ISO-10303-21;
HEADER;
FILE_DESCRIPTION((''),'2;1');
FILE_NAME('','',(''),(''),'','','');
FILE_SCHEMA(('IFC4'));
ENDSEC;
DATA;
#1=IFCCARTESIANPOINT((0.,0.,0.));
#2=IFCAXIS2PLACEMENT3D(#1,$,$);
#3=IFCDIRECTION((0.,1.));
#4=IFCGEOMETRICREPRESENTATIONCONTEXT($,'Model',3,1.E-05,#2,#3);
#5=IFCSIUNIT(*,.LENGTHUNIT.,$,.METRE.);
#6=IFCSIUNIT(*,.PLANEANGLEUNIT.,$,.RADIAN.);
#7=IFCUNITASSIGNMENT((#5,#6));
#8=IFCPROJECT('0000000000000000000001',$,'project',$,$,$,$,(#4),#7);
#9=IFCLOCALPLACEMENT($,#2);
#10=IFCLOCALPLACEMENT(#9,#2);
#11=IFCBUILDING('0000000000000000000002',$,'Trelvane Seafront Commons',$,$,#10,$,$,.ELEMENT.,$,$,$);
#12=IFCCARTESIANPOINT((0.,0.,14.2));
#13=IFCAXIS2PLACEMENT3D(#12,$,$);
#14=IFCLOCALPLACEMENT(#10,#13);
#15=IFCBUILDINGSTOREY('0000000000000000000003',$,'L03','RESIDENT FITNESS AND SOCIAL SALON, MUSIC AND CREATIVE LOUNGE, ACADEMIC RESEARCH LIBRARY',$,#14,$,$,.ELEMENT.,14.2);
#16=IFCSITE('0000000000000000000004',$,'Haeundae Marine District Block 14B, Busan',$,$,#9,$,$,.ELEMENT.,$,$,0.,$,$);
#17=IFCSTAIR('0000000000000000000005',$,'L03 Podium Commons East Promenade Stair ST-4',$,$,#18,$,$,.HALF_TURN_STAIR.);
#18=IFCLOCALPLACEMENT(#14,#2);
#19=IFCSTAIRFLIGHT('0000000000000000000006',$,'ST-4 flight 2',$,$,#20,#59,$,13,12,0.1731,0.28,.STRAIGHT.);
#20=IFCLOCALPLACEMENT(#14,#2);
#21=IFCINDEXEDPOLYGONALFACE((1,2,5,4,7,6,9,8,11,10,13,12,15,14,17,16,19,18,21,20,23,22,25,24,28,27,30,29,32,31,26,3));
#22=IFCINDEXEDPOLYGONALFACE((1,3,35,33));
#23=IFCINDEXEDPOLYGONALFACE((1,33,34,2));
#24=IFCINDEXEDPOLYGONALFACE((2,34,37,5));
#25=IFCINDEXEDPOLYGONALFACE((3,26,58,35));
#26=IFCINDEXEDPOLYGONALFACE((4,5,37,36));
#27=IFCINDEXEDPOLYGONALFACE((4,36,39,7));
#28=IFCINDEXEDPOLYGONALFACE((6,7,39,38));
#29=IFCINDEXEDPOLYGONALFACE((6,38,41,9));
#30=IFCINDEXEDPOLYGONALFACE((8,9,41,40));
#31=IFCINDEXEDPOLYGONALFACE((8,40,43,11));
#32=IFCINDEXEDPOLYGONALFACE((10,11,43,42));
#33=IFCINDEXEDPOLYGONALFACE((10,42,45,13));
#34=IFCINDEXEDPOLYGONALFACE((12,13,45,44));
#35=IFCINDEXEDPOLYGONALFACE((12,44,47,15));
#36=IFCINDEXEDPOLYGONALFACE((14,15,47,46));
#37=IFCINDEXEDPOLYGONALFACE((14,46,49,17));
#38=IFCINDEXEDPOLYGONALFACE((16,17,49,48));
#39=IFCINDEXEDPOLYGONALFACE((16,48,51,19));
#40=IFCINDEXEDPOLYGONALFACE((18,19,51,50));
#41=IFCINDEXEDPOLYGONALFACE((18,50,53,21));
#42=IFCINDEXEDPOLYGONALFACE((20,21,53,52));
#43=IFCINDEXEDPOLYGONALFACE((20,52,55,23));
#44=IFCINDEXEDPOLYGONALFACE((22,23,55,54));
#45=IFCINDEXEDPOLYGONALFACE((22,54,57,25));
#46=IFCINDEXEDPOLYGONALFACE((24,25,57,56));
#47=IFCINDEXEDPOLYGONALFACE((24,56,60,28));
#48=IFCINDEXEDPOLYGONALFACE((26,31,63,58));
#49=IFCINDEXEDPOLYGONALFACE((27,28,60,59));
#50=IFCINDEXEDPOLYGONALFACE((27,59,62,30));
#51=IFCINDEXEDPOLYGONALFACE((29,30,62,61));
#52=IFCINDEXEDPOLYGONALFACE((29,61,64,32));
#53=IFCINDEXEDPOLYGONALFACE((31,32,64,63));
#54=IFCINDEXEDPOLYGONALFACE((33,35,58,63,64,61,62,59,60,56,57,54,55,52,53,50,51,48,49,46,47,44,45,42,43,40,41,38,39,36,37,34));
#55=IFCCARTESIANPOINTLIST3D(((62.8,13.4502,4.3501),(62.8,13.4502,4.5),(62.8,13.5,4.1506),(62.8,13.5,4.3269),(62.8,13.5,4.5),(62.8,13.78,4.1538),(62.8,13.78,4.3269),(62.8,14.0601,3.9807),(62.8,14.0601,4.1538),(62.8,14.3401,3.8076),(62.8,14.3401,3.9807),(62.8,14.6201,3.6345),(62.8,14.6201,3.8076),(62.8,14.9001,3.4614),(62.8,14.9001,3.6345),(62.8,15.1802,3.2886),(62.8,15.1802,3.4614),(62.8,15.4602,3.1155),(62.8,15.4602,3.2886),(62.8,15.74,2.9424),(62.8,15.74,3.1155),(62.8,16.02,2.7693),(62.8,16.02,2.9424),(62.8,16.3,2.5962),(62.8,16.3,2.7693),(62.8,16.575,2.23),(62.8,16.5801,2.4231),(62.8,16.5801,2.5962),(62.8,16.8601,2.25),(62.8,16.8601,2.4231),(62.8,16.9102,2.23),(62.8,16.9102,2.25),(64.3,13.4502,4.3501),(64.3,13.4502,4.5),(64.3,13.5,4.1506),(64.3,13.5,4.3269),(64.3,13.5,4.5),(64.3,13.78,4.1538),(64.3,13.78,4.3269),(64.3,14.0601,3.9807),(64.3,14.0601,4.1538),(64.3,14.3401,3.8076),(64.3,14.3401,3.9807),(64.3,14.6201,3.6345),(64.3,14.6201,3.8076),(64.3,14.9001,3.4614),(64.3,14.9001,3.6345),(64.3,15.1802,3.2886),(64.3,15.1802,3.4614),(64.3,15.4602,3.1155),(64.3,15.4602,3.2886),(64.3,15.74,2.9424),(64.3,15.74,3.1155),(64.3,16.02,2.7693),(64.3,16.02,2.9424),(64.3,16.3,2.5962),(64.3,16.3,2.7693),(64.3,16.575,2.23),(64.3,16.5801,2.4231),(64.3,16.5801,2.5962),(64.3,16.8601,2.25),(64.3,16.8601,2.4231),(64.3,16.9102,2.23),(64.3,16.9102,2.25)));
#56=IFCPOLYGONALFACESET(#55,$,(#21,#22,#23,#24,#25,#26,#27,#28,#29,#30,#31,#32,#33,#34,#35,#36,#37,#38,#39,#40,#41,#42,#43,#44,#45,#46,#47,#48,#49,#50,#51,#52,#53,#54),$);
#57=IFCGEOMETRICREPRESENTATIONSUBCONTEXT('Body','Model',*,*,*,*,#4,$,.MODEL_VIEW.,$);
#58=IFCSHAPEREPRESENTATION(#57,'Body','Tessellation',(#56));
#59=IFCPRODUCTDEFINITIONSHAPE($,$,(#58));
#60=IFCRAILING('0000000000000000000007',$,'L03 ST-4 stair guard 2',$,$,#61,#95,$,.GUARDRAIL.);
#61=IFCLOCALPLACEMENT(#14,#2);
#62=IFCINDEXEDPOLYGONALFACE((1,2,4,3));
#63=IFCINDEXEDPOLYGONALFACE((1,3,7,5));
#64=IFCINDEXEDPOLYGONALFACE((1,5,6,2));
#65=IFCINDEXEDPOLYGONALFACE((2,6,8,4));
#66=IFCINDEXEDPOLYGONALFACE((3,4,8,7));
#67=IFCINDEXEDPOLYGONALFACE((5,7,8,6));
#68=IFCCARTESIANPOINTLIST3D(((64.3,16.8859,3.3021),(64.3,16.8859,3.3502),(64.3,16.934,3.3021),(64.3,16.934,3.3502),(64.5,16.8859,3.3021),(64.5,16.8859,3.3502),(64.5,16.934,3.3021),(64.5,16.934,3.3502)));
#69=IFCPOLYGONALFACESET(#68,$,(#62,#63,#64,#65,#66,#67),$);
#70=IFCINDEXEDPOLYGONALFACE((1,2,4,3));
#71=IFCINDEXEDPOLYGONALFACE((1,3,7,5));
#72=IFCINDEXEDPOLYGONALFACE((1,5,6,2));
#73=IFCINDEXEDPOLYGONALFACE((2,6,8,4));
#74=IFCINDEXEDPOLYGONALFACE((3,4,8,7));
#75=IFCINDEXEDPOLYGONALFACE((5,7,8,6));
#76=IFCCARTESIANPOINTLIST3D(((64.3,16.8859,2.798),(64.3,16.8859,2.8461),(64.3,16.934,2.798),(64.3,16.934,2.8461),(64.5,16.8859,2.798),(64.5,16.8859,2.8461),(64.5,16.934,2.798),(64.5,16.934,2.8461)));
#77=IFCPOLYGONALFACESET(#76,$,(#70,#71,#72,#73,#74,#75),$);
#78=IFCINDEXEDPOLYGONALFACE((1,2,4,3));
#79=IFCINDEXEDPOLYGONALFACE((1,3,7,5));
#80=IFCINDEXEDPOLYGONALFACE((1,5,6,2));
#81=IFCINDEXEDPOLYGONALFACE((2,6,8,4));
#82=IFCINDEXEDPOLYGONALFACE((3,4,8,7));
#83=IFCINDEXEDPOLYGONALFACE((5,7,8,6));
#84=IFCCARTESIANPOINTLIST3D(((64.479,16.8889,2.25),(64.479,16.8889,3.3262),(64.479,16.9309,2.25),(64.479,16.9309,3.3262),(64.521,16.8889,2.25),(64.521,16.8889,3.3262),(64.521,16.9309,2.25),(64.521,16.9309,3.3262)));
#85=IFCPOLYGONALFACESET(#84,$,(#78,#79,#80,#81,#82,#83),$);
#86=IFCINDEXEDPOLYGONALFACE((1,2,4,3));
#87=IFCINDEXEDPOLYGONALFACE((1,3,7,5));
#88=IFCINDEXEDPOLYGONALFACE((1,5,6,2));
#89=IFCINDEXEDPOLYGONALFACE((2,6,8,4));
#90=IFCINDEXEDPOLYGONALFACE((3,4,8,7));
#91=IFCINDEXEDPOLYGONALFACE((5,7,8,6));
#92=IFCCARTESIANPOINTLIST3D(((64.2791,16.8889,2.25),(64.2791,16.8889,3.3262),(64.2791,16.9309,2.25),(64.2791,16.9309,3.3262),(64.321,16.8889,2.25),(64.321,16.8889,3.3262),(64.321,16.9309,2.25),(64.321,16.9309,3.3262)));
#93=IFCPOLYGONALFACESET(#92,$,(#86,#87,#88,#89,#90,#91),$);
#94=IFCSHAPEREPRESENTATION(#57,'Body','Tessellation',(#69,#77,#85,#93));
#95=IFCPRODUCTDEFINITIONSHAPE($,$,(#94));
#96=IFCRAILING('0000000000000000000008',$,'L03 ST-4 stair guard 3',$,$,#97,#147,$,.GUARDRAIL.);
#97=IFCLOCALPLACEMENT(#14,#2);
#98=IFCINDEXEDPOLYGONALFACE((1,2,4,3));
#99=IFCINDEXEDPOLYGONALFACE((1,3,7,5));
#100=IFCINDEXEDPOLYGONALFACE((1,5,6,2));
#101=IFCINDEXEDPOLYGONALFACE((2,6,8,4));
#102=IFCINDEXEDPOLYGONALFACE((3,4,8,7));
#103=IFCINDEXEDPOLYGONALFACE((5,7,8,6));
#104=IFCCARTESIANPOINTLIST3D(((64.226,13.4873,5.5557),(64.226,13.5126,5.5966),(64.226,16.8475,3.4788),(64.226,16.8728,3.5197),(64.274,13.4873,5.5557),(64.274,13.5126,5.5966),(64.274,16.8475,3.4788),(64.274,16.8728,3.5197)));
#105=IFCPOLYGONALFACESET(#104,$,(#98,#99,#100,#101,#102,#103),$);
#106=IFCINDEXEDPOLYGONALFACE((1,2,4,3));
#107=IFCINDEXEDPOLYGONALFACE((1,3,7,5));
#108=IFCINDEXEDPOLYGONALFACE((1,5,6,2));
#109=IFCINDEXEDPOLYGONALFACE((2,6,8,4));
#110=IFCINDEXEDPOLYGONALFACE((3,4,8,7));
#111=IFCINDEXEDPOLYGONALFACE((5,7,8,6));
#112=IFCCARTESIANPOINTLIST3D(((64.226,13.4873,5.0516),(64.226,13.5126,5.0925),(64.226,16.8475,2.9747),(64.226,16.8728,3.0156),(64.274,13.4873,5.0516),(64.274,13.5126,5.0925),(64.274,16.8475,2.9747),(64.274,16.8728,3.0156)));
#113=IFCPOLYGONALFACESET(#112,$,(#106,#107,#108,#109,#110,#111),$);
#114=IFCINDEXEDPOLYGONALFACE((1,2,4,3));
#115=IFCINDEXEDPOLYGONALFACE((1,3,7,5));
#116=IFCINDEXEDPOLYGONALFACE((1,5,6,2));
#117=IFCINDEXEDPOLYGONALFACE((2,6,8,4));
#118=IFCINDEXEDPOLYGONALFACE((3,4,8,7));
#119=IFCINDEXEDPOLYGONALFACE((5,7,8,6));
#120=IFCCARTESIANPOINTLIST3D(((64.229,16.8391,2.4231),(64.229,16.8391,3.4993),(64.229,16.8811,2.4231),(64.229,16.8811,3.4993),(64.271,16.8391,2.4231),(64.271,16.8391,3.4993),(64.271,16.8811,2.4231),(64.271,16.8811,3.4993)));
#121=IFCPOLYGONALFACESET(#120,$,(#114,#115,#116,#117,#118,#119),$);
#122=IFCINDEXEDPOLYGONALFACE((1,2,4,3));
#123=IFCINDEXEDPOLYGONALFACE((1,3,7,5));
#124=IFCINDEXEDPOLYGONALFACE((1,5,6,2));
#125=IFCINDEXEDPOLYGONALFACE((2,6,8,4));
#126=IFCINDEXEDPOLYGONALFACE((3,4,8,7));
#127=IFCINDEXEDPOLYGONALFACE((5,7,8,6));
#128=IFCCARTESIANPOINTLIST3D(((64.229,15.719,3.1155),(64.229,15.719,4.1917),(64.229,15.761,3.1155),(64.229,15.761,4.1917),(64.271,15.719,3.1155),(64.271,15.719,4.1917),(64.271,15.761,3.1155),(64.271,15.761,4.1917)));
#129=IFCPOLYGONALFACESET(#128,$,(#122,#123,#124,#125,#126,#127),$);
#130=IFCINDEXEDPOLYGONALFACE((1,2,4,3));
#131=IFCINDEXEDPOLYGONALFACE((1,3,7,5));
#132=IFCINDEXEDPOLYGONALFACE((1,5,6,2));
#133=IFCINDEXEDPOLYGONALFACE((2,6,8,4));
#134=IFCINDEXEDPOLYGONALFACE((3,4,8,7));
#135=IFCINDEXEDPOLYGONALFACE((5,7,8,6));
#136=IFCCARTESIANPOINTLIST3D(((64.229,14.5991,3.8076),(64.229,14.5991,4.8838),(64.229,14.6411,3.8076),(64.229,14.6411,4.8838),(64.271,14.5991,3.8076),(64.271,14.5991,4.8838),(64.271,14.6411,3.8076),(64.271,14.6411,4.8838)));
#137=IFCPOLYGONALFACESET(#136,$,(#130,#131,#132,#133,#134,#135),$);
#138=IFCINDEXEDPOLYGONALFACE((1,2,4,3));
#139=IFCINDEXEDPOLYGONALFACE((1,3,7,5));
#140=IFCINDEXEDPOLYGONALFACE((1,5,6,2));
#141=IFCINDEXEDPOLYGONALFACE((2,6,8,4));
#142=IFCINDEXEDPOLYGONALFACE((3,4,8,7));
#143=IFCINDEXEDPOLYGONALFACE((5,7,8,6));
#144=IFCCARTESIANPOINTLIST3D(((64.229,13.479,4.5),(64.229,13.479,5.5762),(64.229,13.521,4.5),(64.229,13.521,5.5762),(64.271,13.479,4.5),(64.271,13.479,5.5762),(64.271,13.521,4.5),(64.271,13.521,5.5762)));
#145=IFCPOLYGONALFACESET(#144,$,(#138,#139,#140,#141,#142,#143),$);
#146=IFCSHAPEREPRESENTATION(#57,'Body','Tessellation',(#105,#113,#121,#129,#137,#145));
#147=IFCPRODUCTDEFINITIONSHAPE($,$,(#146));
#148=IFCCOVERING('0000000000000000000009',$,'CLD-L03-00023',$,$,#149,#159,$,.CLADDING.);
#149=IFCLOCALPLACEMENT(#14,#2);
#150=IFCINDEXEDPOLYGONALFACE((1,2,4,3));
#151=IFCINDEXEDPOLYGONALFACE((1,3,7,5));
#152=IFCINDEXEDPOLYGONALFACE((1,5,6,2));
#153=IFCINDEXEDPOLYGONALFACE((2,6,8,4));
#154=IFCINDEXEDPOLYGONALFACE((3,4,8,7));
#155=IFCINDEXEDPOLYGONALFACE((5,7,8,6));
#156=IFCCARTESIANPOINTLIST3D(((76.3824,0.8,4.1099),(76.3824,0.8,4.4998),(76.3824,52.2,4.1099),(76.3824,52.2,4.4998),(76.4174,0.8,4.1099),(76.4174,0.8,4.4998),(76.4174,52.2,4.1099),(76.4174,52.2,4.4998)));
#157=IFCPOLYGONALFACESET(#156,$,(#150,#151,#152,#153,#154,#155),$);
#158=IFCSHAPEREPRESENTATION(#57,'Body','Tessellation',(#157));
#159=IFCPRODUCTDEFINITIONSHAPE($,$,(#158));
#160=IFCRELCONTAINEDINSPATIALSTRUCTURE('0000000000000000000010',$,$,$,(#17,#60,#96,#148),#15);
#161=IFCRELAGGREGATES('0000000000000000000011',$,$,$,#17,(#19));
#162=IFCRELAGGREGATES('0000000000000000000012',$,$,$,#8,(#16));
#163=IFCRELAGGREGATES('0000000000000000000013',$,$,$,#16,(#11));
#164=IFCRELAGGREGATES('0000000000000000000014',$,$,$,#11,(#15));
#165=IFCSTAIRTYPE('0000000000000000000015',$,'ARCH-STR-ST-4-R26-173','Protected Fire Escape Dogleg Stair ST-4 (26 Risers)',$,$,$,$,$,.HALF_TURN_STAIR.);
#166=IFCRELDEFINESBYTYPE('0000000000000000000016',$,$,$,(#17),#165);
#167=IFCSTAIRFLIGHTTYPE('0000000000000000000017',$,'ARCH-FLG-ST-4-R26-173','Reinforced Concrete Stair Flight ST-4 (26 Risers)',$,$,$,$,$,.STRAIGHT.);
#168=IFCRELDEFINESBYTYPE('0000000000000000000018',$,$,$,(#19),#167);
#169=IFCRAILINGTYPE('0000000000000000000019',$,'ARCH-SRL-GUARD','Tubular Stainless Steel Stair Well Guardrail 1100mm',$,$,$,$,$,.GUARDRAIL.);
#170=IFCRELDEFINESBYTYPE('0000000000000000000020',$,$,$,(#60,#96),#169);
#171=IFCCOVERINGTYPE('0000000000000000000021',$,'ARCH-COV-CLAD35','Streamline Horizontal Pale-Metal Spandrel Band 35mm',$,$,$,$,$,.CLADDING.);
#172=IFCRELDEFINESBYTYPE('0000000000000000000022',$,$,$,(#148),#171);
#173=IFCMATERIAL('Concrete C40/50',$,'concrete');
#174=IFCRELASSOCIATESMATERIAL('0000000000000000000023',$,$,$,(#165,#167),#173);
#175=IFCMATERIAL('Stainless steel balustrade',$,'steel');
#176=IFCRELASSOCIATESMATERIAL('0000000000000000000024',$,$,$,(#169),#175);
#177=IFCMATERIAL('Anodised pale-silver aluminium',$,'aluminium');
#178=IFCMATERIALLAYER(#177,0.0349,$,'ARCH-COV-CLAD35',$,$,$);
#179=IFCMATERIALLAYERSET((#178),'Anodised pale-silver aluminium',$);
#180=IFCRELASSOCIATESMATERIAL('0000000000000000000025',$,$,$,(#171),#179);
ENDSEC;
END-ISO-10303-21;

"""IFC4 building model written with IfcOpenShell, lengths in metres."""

from ifc_helpers import new_model, si_unit, direction, frame, origin, origin_2d, place, context, subcontext, project, spatial, polyline, rectangle, outline, extrude, source, transform, mapped, material, layer, layer_set, type_object, element, aggregate, save


model = new_model("IFC4")

# Units and contexts
model_context = context("Model", 3, precision=1e-05, world=origin(), true_north=direction((0.0, 1.0)))
body_context = subcontext(model_context, "Body", "Model", "MODEL_VIEW")
ifc_project = project(units=[si_unit("LENGTHUNIT", "METRE"), si_unit("PLANEANGLEUNIT", "RADIAN")], contexts=[model_context])

# Site, building, storey
site_placement = place(None, origin())
site = spatial("IfcSite", under=ifc_project, at=site_placement, Name="Haeundae Marine District Block 14B, Busan", CompositionType="ELEMENT", RefElevation=0.0)
building_placement = place(site_placement, origin())
building = spatial("IfcBuilding", under=site, at=building_placement, Name="Trelvane Seafront Commons", CompositionType="ELEMENT")
storey_placement = place(building_placement, frame((0.0, 0.0, 14.2)))
storey = spatial("IfcBuildingStorey", under=building, at=storey_placement, Name="L03", Description="RESIDENT FITNESS AND SOCIAL SALON, MUSIC AND CREATIVE LOUNGE, ACADEMIC RESEARCH LIBRARY", CompositionType="ELEMENT", Elevation=14.2)

# Shared definitions
ifc_material_1 = material(Name="Anodised pale-silver aluminium", Category="aluminium")

# Shared definitions
ifc_material_2 = material(Name="Concrete C40/50", Category="concrete")

# Stair, stair flight
stair_type = type_object("IfcStairType", Name="ARCH-STR-ST-4-R26-173", Description="Protected Fire Escape Dogleg Stair ST-4 (26 Risers)", PredefinedType="HALF_TURN_STAIR", material=ifc_material_2)
stair_placement = place(storey_placement, origin())
stair = element("IfcStair", 1, at=stair_placement, inside=storey, type_object=stair_type, Name="L03 Podium Commons East Promenade Stair ST-4", PredefinedType="HALF_TURN_STAIR")
stair_flight_type = type_object("IfcStairFlightType", Name="ARCH-FLG-ST-4-R26-173", Description="Reinforced Concrete Stair Flight ST-4 (26 Risers)", PredefinedType="STRAIGHT", material=ifc_material_2)
shared_shape_1 = source(origin(), body_context, "Body", "SweptSolid", [
    extrude(outline(polyline([(-0.05, -0.02), (-0.05, 0.0), (0.0, 0.0), (0.0, 0.1731), (0.28, 0.1731), (0.28, 0.3462), (0.5601, 0.3462), (0.5601, 0.5193), (0.8401, 0.5193), (0.8401, 0.6924), (1.1201, 0.6924), (1.1201, 0.8655), (1.3999, 0.8655), (1.3999, 1.0386), (1.6799, 1.0386), (1.6799, 1.2114), (1.96, 1.2114), (1.96, 1.3845), (2.24, 1.3845), (2.24, 1.5576), (2.52, 1.5576), (2.52, 1.7307), (2.8, 1.7307), (2.8, 1.9038), (3.0801, 1.9038), (3.0801, 2.0769), (3.3601, 2.0769), (3.3601, 2.25), (3.4099, 2.25), (3.4099, 2.1001), (3.3601, 1.9006), (0.2852, -0.02), (-0.05, -0.02)])), frame((0.0, 0.75, 0.0), z_axis=(0.0, -1.0, 0.0), x_axis=(1.0, 0.0, 0.0)), (0.0, 0.0, 1.0), 1.5),
])
stair_flight_placement = place(storey_placement, frame((63.55, 16.8601, 2.25), z_axis=(0.0, 0.0, 1.0), x_axis=(0.0, -1.0, 0.0)))
stair_flight = element("IfcStairFlight", 2, at=stair_flight_placement, type_object=stair_flight_type, Name="ST-4 flight 2", NumberOfRisers=13, NumberOfTreads=12, PredefinedType="STRAIGHT", RiserHeight=0.1731, TreadLength=0.28, context=body_context, shape_type="MappedRepresentation", body=[
    mapped(shared_shape_1, transform((0.0, 0.0, 0.0), x_axis=(1.0, 0.0, 0.0), y_axis=(0.0, 1.0, 0.0), z_axis=(0.0, 0.0, 1.0), scale=1.0)),
])
aggregate(stair, [stair_flight])

# Railings
ifc_material_3 = material(Name="Stainless steel balustrade", Category="steel")
railing_type = type_object("IfcRailingType", Name="ARCH-SRL-GUARD", Description="Tubular Stainless Steel Stair Well Guardrail 1100mm", PredefinedType="GUARDRAIL", material=ifc_material_3)
railing_1_placement = place(storey_placement, frame((64.5, 16.9099, 2.25)))
element("IfcRailing", 3, at=railing_1_placement, inside=storey, type_object=railing_type, Name="L03 ST-4 stair guard 2", PredefinedType="GUARDRAIL", context=body_context, shape_type="SweptSolid", body=[
    extrude(rectangle(XDim=0.0481, YDim=0.0481, at=origin_2d()), frame((0.0, 0.0, 1.0762), z_axis=(-1.0, 0.0, 0.0), x_axis=(0.0, -1.0, 0.0)), (0.0, 0.0, 1.0), 0.2),
    extrude(rectangle(XDim=0.0481, YDim=0.0481, at=origin_2d()), frame((0.0, 0.0, 0.572), z_axis=(-1.0, 0.0, 0.0), x_axis=(0.0, -1.0, 0.0)), (0.0, 0.0, 1.0), 0.2),
    extrude(rectangle(XDim=0.042, YDim=0.042, at=origin_2d()), origin(), (0.0, 0.0, 1.0), 1.0762),
    extrude(rectangle(XDim=0.042, YDim=0.042, at=origin_2d()), frame((-0.2, 0.0, 0.0)), (0.0, 0.0, 1.0), 1.0762),
])
railing_2_placement = place(storey_placement, frame((64.25, 16.8601, 2.4231)))
element("IfcRailing", 4, at=railing_2_placement, inside=storey, type_object=railing_type, Name="L03 ST-4 stair guard 3", PredefinedType="GUARDRAIL", context=body_context, shape_type="SweptSolid", body=[
    extrude(rectangle(XDim=0.0481, YDim=0.0481, at=origin_2d()), frame((0.0, 0.0, 1.0762), z_axis=(0.0, -0.850623, 0.525776), x_axis=(1.0, 0.0, 0.0)), (0.0, 0.0, 1.0), 3.9502),
    extrude(rectangle(XDim=0.0481, YDim=0.0481, at=origin_2d()), frame((0.0, 0.0, 0.572), z_axis=(0.0, -0.850623, 0.525776), x_axis=(1.0, 0.0, 0.0)), (0.0, 0.0, 1.0), 3.9502),
    extrude(rectangle(XDim=0.042, YDim=0.042, at=origin_2d()), origin(), (0.0, 0.0, 1.0), 1.0762),
    extrude(rectangle(XDim=0.042, YDim=0.042, at=origin_2d()), frame((0.0, -1.1201, 0.6924)), (0.0, 0.0, 1.0), 1.0762),
    extrude(rectangle(XDim=0.042, YDim=0.042, at=origin_2d()), frame((0.0, -2.24, 1.3845)), (0.0, 0.0, 1.0), 1.0762),
    extrude(rectangle(XDim=0.042, YDim=0.042, at=origin_2d()), frame((0.0, -3.3601, 2.0769)), (0.0, 0.0, 1.0), 1.0762),
])

# Covering
ifc_layer_1 = layer(ifc_material_1, 0.0349, Name="ARCH-COV-CLAD35")
ifc_layer_set_1 = layer_set([ifc_layer_1], Name="Anodised pale-silver aluminium")
covering_type = type_object("IfcCoveringType", Name="ARCH-COV-CLAD35", Description="Streamline Horizontal Pale-Metal Spandrel Band 35mm", PredefinedType="CLADDING", material=ifc_layer_set_1)
shared_shape_2 = source(origin(), body_context, "Body", "SweptSolid", [
    extrude(rectangle(XDim=51.3999, YDim=0.0349, at=origin_2d()), origin(), (0.0, 0.0, 1.0), 0.3899),
])
covering_placement = place(storey_placement, frame((76.3999, 26.5, 4.1099), z_axis=(0.0, 0.0, 1.0), x_axis=(0.0, -1.0, 0.0)))
element("IfcCovering", 5, at=covering_placement, inside=storey, type_object=covering_type, Name="CLD-L03-00023", PredefinedType="CLADDING", context=body_context, shape_type="MappedRepresentation", body=[
    mapped(shared_shape_2, transform((0.0, 0.0, 0.0), x_axis=(1.0, 0.0, 0.0), y_axis=(0.0, 1.0, 0.0), z_axis=(0.0, 0.0, 1.0), scale=1.0)),
])

save(model, "model.ifc")
